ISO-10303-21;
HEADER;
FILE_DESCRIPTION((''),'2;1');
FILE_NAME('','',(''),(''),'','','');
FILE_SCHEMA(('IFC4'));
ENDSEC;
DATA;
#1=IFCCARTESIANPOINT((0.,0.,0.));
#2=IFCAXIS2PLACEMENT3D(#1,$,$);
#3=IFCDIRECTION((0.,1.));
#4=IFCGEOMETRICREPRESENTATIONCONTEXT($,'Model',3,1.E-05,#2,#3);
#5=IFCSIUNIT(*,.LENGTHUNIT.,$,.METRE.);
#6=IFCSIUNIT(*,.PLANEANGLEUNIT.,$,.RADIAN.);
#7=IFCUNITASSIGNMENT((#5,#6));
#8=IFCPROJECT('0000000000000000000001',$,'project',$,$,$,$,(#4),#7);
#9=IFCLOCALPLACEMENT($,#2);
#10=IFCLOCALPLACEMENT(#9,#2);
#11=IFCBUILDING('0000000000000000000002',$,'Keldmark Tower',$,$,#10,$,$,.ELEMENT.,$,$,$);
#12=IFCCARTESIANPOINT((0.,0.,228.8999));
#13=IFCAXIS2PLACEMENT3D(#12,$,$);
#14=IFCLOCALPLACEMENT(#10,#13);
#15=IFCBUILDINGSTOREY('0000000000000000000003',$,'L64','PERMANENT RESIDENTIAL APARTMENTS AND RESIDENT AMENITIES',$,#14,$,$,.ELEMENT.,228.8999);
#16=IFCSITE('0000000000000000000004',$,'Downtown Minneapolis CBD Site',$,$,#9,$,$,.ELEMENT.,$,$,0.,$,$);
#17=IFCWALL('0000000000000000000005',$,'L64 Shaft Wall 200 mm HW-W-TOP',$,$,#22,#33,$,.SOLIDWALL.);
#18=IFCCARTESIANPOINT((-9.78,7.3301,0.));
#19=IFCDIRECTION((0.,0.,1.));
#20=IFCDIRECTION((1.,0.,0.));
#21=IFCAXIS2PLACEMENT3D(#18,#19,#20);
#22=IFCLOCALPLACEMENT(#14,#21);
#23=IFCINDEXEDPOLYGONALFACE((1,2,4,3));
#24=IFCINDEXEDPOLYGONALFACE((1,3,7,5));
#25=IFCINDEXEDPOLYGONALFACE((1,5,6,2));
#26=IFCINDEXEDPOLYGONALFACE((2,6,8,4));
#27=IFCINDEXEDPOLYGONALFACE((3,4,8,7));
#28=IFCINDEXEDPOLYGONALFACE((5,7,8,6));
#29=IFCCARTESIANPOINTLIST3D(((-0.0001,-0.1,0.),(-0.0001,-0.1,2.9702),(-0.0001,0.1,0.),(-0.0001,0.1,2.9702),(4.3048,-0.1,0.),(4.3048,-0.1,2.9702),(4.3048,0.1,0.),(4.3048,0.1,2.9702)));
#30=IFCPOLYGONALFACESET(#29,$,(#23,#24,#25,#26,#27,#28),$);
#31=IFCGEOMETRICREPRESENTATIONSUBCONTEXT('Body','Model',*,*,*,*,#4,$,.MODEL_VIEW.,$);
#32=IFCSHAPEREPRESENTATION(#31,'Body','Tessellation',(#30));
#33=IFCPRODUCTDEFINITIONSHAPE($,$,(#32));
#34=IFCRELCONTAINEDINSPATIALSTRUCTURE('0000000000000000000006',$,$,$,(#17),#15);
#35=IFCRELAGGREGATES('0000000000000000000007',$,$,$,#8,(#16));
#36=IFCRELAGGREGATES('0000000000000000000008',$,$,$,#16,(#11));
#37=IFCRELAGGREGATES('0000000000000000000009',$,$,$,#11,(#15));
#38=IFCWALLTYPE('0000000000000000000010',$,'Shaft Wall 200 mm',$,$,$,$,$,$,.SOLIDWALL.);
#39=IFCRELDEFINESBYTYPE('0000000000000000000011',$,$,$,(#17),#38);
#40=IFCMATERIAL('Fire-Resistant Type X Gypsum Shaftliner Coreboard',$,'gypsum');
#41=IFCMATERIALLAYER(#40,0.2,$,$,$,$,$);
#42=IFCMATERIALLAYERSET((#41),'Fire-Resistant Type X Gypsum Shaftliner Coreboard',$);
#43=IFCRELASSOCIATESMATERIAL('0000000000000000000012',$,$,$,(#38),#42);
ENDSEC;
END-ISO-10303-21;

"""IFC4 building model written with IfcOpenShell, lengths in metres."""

from ifc_helpers import new_model, si_unit, direction, frame, frame_2d, origin, place, context, subcontext, project, spatial, rectangle, extrude, material, layer, layer_set, type_object, element, save


model = new_model("IFC4")

# Units and contexts
model_context = context("Model", 3, precision=1e-05, world=origin(), true_north=direction((0.0, 1.0)))
body_context = subcontext(model_context, "Body", "Model", "MODEL_VIEW")
ifc_project = project(units=[si_unit("LENGTHUNIT", "METRE"), si_unit("PLANEANGLEUNIT", "RADIAN")], contexts=[model_context])

# Site, building, storey
site_placement = place(None, origin())
site = spatial("IfcSite", under=ifc_project, at=site_placement, Name="Downtown Minneapolis CBD Site", CompositionType="ELEMENT", RefElevation=0.0)
building_placement = place(site_placement, origin())
building = spatial("IfcBuilding", under=site, at=building_placement, Name="Keldmark Tower", CompositionType="ELEMENT")
storey_placement = place(building_placement, frame((0.0, 0.0, 228.8999)))
storey = spatial("IfcBuildingStorey", under=building, at=storey_placement, Name="L64", Description="PERMANENT RESIDENTIAL APARTMENTS AND RESIDENT AMENITIES", CompositionType="ELEMENT", Elevation=228.8999)

# Shared definitions
ifc_material_1 = material(Name="Fire-Resistant Type X Gypsum Shaftliner Coreboard", Category="gypsum")
ifc_layer_1 = layer(ifc_material_1, 0.2)
ifc_layer_set_1 = layer_set([ifc_layer_1], Name="Fire-Resistant Type X Gypsum Shaftliner Coreboard")
wall_type_1 = type_object("IfcWallType", Name="Shaft Wall 200 mm", PredefinedType="SOLIDWALL", material=ifc_layer_set_1)

# Wall
wall_1_placement = place(storey_placement, frame((-9.78, 7.3301, 0.0), z_axis=(0.0, 0.0, 1.0), x_axis=(1.0, 0.0, 0.0)))
element("IfcWall", 1, at=wall_1_placement, inside=storey, type_object=wall_type_1, Name="L64 Shaft Wall 200 mm HW-W-TOP", PredefinedType="SOLIDWALL", context=body_context, shape_type="SweptSolid", body=[
    extrude(rectangle(XDim=4.3049, YDim=0.2, at=frame_2d((2.1523, 0.0))), origin(), (0.0, 0.0, 1.0), 2.9702),
])

save(model, "model.ifc")
